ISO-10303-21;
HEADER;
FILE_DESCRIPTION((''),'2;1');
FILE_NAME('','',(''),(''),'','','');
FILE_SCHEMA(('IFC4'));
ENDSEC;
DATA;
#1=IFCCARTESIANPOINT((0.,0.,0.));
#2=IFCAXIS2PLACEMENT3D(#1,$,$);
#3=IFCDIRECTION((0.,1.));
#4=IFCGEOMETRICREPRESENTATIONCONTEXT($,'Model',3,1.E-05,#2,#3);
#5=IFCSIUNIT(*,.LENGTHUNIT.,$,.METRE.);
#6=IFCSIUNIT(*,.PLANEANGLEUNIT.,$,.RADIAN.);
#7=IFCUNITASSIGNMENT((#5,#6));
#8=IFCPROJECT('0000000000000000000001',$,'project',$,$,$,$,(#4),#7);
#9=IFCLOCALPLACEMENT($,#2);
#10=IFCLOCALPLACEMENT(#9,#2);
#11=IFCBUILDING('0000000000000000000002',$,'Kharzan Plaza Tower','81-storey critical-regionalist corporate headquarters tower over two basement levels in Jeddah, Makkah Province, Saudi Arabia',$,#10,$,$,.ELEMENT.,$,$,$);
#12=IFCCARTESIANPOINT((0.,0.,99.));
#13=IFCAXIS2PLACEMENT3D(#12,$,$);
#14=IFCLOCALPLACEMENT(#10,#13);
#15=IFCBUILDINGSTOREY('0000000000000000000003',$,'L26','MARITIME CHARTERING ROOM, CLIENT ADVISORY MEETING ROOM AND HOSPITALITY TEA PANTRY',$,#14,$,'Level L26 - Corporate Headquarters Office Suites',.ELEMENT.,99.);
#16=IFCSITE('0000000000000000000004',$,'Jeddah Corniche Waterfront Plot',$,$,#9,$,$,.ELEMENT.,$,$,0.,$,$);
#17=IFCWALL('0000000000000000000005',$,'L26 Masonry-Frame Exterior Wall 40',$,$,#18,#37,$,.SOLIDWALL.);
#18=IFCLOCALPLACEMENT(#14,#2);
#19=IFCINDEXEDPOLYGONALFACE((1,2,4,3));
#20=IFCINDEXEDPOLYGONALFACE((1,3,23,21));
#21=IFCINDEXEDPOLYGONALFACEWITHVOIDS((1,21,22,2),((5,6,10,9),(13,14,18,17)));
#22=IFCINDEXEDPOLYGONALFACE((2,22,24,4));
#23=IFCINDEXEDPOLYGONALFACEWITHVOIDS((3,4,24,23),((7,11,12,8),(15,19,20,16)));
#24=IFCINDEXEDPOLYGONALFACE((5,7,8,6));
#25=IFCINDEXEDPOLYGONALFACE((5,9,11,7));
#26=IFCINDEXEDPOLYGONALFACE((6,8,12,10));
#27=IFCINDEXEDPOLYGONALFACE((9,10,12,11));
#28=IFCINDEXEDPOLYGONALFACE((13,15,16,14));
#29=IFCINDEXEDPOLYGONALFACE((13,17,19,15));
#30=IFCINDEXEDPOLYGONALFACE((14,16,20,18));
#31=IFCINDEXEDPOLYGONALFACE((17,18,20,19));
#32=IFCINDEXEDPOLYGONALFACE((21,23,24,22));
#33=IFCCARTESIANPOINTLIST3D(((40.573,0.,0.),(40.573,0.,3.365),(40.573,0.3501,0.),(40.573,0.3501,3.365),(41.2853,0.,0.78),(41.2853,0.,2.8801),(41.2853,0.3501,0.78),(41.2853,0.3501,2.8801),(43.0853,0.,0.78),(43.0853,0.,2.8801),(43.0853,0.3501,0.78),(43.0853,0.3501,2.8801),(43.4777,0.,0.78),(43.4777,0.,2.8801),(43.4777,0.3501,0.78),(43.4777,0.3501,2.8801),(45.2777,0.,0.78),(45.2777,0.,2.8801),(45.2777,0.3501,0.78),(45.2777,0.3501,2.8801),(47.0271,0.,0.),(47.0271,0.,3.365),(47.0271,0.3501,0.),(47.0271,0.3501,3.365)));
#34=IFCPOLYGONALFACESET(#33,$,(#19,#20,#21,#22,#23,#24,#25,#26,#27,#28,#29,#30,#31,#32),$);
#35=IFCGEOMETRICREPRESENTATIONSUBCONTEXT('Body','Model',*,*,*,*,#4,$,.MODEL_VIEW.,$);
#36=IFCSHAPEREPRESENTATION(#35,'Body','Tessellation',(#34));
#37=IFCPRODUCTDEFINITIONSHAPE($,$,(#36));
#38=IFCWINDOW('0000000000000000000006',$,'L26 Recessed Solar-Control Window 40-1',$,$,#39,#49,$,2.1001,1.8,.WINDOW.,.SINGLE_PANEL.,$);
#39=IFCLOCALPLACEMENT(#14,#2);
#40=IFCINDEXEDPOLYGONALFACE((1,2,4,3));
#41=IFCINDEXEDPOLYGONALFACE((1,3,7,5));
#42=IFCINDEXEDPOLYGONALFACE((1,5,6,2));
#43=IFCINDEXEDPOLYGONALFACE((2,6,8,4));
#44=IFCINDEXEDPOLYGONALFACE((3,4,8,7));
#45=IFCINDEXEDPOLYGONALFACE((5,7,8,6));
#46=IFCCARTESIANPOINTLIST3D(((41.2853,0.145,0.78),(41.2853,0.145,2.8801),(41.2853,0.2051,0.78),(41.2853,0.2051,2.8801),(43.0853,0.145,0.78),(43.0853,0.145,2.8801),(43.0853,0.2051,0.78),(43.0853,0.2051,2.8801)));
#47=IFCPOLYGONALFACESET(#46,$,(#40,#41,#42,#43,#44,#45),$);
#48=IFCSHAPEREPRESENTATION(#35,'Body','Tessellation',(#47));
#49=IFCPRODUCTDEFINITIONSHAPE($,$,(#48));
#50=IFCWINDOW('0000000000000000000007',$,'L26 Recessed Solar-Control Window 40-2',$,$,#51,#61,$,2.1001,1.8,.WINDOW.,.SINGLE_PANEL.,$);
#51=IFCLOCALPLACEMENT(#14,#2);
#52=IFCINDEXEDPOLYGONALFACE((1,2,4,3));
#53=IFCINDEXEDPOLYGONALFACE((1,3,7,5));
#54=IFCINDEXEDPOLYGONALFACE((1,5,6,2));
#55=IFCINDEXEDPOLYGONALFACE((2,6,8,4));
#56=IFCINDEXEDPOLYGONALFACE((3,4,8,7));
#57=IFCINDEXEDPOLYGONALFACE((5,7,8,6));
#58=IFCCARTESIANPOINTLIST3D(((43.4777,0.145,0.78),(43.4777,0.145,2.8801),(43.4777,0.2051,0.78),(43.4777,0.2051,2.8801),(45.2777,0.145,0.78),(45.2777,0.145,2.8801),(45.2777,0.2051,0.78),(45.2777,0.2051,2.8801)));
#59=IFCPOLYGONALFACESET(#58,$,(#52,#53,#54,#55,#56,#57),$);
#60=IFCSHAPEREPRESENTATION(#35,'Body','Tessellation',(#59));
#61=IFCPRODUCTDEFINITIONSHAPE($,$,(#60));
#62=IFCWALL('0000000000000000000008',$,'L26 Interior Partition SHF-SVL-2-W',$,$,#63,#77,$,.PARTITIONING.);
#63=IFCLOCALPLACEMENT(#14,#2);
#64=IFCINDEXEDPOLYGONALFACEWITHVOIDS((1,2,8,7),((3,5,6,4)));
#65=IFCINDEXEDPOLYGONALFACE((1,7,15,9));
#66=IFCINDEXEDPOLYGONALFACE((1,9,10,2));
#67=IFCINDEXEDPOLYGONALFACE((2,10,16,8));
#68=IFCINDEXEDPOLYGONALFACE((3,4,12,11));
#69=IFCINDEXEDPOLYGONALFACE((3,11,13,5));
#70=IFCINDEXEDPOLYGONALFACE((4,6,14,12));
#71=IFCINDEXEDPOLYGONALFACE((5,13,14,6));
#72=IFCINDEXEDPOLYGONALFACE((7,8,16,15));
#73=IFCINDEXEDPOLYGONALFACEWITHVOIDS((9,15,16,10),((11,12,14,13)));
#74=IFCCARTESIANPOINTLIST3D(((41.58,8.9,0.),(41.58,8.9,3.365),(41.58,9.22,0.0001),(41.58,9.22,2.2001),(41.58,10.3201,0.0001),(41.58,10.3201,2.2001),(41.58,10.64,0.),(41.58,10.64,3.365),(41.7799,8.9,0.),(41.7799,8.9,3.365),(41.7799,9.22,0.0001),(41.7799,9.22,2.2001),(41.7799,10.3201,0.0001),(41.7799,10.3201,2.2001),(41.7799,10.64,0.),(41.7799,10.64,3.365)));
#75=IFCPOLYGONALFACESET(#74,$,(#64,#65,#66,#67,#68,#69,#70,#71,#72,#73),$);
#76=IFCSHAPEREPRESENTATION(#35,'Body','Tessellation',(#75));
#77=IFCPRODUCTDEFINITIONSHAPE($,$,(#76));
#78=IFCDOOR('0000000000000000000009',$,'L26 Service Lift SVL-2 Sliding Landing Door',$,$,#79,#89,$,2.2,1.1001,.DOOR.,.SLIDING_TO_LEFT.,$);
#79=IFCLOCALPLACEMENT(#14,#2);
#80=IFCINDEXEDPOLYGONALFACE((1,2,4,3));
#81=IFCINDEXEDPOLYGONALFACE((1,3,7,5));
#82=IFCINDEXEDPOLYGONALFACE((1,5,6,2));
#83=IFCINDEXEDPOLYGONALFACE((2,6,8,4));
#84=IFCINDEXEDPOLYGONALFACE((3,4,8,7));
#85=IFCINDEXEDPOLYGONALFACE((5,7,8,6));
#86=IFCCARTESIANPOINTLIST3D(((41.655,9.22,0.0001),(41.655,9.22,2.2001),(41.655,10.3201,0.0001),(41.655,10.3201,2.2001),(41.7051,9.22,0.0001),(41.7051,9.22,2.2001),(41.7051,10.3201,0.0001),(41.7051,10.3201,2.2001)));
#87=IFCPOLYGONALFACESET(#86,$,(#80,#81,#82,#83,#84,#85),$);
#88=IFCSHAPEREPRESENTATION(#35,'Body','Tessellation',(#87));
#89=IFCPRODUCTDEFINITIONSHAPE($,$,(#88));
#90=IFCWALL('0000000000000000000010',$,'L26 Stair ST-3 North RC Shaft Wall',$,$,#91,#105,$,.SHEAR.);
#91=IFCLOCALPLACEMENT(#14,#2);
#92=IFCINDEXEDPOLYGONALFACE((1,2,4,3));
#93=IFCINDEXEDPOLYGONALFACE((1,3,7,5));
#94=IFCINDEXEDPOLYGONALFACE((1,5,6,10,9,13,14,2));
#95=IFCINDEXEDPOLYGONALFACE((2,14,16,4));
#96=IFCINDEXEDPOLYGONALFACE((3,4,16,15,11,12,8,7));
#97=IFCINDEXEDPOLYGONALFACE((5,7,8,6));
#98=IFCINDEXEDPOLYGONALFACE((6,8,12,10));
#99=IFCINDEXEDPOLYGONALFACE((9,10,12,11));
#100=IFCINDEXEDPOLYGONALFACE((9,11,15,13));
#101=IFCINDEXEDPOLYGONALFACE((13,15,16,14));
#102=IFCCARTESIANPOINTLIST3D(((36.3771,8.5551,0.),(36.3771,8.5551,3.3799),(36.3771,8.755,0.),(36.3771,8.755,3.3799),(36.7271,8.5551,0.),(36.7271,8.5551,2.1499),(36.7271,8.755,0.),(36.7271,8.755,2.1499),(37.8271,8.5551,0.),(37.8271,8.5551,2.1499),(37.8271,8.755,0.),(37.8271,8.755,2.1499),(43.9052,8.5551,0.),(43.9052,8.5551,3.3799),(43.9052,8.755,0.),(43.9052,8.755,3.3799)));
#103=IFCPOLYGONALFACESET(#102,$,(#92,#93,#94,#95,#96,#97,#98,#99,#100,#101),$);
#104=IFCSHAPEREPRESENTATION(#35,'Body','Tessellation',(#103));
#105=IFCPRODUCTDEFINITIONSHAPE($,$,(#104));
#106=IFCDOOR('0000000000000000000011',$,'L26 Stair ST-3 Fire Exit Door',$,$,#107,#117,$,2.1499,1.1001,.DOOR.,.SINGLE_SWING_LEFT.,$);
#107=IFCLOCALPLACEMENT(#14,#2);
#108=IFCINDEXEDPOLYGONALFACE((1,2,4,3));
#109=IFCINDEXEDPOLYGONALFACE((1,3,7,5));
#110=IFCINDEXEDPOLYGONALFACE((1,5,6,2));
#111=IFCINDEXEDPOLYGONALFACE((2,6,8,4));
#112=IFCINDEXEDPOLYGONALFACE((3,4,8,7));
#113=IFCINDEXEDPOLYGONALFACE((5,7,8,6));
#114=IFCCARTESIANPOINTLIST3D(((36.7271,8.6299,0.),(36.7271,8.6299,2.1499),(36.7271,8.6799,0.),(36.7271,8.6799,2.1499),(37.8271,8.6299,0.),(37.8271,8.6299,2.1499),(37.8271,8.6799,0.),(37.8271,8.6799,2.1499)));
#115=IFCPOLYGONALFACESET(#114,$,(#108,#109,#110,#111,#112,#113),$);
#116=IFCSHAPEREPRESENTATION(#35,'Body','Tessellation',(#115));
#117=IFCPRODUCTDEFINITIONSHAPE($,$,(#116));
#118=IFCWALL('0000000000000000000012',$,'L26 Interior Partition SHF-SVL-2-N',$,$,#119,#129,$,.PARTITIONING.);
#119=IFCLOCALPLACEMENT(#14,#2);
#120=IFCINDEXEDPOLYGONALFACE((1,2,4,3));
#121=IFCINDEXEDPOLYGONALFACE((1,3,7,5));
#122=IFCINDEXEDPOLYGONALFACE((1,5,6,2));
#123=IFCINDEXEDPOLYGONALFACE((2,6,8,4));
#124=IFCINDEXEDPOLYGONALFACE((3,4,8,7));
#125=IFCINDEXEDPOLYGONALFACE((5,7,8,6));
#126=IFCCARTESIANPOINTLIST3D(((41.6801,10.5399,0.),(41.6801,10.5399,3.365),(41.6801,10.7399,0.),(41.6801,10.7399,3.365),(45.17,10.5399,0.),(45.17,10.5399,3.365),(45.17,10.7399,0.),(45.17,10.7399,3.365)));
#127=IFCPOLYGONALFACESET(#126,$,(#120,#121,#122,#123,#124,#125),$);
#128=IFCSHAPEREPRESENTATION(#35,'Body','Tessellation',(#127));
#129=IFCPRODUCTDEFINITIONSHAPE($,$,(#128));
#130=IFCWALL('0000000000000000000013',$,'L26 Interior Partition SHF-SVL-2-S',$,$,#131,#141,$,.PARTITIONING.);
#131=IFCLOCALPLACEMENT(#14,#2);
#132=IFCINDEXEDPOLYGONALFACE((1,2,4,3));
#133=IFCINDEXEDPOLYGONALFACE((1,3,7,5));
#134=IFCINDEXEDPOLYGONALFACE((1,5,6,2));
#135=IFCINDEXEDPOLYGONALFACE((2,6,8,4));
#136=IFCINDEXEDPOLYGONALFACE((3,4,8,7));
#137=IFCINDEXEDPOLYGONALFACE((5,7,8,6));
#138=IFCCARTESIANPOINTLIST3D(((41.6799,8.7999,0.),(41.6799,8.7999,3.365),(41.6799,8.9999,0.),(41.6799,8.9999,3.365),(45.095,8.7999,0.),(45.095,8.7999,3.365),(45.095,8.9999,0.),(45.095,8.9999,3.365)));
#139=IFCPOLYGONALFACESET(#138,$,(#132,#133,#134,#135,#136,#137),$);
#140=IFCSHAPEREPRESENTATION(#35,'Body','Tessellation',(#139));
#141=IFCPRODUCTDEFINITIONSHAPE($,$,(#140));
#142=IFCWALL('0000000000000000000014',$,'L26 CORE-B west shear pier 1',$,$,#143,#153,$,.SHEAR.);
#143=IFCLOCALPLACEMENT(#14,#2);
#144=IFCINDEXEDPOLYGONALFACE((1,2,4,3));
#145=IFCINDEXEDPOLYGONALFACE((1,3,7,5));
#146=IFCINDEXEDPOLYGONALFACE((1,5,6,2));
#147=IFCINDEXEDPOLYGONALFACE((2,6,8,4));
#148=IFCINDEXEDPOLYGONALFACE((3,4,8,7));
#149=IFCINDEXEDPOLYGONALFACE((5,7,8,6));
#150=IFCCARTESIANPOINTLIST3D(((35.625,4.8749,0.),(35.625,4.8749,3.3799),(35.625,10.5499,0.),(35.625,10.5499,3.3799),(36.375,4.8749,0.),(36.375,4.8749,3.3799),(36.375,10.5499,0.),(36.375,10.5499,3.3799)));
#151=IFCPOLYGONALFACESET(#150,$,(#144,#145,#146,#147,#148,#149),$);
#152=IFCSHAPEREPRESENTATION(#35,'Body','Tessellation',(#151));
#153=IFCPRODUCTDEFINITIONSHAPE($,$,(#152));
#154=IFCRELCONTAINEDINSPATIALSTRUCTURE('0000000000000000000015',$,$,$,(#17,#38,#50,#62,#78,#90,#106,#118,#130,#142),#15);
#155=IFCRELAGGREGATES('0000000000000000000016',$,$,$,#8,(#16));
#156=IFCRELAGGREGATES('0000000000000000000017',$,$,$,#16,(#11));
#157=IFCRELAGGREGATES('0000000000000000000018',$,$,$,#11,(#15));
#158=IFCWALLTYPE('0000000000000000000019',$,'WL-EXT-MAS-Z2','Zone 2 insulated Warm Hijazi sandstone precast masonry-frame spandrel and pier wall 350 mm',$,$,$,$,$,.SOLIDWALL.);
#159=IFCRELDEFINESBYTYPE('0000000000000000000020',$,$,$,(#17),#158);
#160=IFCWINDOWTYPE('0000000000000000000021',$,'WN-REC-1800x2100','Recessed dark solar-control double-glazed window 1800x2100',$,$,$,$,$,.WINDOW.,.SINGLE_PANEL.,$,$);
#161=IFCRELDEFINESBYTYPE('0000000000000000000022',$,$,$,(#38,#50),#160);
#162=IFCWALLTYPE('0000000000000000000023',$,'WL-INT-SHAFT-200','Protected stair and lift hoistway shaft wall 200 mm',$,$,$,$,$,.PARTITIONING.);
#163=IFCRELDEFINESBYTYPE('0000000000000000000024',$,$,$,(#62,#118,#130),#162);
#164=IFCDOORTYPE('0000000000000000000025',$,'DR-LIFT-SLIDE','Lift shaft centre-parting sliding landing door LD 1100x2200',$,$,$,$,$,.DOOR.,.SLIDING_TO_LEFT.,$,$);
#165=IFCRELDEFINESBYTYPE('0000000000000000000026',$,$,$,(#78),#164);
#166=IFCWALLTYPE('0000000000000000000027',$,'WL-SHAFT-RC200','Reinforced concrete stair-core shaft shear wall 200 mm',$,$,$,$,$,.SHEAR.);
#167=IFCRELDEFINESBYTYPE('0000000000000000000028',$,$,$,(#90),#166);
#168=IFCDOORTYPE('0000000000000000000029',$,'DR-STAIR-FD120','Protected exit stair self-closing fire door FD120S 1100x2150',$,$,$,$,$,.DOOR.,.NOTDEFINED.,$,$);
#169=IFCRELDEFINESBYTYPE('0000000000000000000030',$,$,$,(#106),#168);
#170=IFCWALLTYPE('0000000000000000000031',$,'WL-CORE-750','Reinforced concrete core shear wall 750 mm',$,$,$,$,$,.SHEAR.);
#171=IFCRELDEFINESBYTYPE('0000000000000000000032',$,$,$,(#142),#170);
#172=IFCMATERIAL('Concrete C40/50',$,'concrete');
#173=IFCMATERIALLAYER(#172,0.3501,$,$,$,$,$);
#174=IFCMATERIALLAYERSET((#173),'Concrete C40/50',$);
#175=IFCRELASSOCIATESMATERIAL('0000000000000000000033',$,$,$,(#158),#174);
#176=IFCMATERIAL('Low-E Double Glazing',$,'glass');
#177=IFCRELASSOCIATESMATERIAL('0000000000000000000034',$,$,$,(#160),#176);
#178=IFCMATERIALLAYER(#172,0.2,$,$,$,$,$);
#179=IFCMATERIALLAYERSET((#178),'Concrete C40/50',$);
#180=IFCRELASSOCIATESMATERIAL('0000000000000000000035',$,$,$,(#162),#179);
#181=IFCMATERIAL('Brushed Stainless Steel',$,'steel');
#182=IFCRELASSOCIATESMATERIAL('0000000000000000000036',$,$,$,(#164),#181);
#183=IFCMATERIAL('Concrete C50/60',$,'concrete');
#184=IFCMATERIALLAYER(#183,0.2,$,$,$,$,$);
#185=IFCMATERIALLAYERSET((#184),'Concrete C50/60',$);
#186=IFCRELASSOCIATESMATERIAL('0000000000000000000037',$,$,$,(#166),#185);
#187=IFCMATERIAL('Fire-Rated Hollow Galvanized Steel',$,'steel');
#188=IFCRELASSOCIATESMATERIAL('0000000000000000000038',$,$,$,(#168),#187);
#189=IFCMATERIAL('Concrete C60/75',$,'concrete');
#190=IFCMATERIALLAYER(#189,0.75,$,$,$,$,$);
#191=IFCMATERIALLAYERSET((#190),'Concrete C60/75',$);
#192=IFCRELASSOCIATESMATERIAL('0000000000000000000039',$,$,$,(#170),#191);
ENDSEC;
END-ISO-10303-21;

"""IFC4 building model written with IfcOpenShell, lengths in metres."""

from ifc_helpers import new_model, si_unit, direction, frame, frame_2d, origin, place, context, subcontext, project, spatial, rectangle, extrude, source, transform, mapped, material, layer, layer_set, type_object, element, fill, save


model = new_model("IFC4")

# Units and contexts
model_context = context("Model", 3, precision=1e-05, world=origin(), true_north=direction((0.0, 1.0)))
body_context = subcontext(model_context, "Body", "Model", "MODEL_VIEW")
ifc_project = project(units=[si_unit("LENGTHUNIT", "METRE"), si_unit("PLANEANGLEUNIT", "RADIAN")], contexts=[model_context])

# Site, building, storey
site_placement = place(None, origin())
site = spatial("IfcSite", under=ifc_project, at=site_placement, Name="Jeddah Corniche Waterfront Plot", CompositionType="ELEMENT", RefElevation=0.0)
building_placement = place(site_placement, origin())
building = spatial("IfcBuilding", under=site, at=building_placement, Name="Kharzan Plaza Tower", Description="81-storey critical-regionalist corporate headquarters tower over two basement levels in Jeddah, Makkah Province, Saudi Arabia", CompositionType="ELEMENT")
storey_placement = place(building_placement, frame((0.0, 0.0, 99.0)))
storey = spatial("IfcBuildingStorey", under=building, at=storey_placement, Name="L26", Description="MARITIME CHARTERING ROOM, CLIENT ADVISORY MEETING ROOM AND HOSPITALITY TEA PANTRY", LongName="Level L26 - Corporate Headquarters Office Suites", CompositionType="ELEMENT", Elevation=99.0)

# Shared definitions
ifc_material_1 = material(Name="Concrete C60/75", Category="concrete")

# Shared definitions
ifc_material_2 = material(Name="Concrete C40/50", Category="concrete")
ifc_layer_1 = layer(ifc_material_2, 0.3501)
ifc_layer_set_1 = layer_set([ifc_layer_1], Name="Concrete C40/50")
wall_type_1 = type_object("IfcWallType", Name="WL-EXT-MAS-Z2", Description="Zone 2 insulated Warm Hijazi sandstone precast masonry-frame spandrel and pier wall 350 mm", PredefinedType="SOLIDWALL", material=ifc_layer_set_1)
ifc_material_3 = material(Name="Low-E Double Glazing", Category="glass")

# Wall, openings, windows
wall_1_placement = place(storey_placement, frame((40.573, 0.175, 0.0), z_axis=(0.0, 0.0, 1.0), x_axis=(1.0, 0.0, 0.0)))
wall_1 = element("IfcWall", 1, at=wall_1_placement, inside=storey, type_object=wall_type_1, Name="L26 Masonry-Frame Exterior Wall 40", PredefinedType="SOLIDWALL", context=body_context, shape_type="SweptSolid", body=[
    extrude(rectangle(XDim=6.4541, YDim=0.3501, at=frame_2d((3.2271, 0.0))), origin(), (0.0, 0.0, 1.0), 3.365),
])
opening_1_placement = place(wall_1_placement, frame((0.7124, 0.0, 0.78)))
opening_1 = element("IfcOpeningElement", 2, at=opening_1_placement, cuts=wall_1, PredefinedType="OPENING", context=body_context, shape_type="SweptSolid", body=[
    extrude(rectangle(XDim=1.8, YDim=2.1001, at=frame_2d((0.8999, 1.05))), frame((0.0, 0.1851, 0.0), z_axis=(0.0, -1.0, 0.0), x_axis=(1.0, 0.0, 0.0)), (0.0, 0.0, 1.0), 0.3701),
])
opening_2_placement = place(wall_1_placement, frame((2.9048, 0.0, 0.78)))
opening_2 = element("IfcOpeningElement", 3, at=opening_2_placement, cuts=wall_1, PredefinedType="OPENING", context=body_context, shape_type="SweptSolid", body=[
    extrude(rectangle(XDim=1.8, YDim=2.1001, at=frame_2d((0.8999, 1.05))), frame((0.0, 0.1851, 0.0), z_axis=(0.0, -1.0, 0.0), x_axis=(1.0, 0.0, 0.0)), (0.0, 0.0, 1.0), 0.3701),
])
window_type_1 = type_object("IfcWindowType", Name="WN-REC-1800x2100", Description="Recessed dark solar-control double-glazed window 1800x2100", PartitioningType="SINGLE_PANEL", PredefinedType="WINDOW", material=ifc_material_3)
shared_shape_1 = source(origin(), body_context, "Body", "SweptSolid", [
    extrude(rectangle(XDim=1.8, YDim=2.1001, at=frame_2d((0.8999, 1.05))), frame((0.0, 0.03, 0.0), z_axis=(0.0, -1.0, 0.0), x_axis=(1.0, 0.0, 0.0)), (0.0, 0.0, 1.0), 0.0601),
])
window_1_placement = place(opening_1_placement, origin())
window_1 = element("IfcWindow", 4, at=window_1_placement, inside=storey, type_object=window_type_1, Name="L26 Recessed Solar-Control Window 40-1", OverallHeight=2.1001, OverallWidth=1.8, PartitioningType="SINGLE_PANEL", PredefinedType="WINDOW", context=body_context, shape_type="MappedRepresentation", body=[
    mapped(shared_shape_1, transform((0.0, 0.0, 0.0), x_axis=(1.0, 0.0, 0.0), y_axis=(0.0, 1.0, 0.0), z_axis=(0.0, 0.0, 1.0))),
])
fill(opening_1, window_1)
window_2_placement = place(opening_2_placement, origin())
window_2 = element("IfcWindow", 5, at=window_2_placement, inside=storey, type_object=window_type_1, Name="L26 Recessed Solar-Control Window 40-2", OverallHeight=2.1001, OverallWidth=1.8, PartitioningType="SINGLE_PANEL", PredefinedType="WINDOW", context=body_context, shape_type="MappedRepresentation", body=[
    mapped(shared_shape_1, transform((0.0, 0.0, 0.0), x_axis=(1.0, 0.0, 0.0), y_axis=(0.0, 1.0, 0.0), z_axis=(0.0, 0.0, 1.0))),
])
fill(opening_2, window_2)

# Walls, openings, doors
ifc_layer_2 = layer(ifc_material_2, 0.2)
ifc_layer_set_2 = layer_set([ifc_layer_2], Name="Concrete C40/50")
wall_type_2 = type_object("IfcWallType", Name="WL-INT-SHAFT-200", Description="Protected stair and lift hoistway shaft wall 200 mm", PredefinedType="PARTITIONING", material=ifc_layer_set_2)
wall_2_placement = place(storey_placement, frame((41.6799, 8.8999, 0.0), z_axis=(0.0, 0.0, 1.0), x_axis=(0.0, 1.0, 0.0)))
wall_2 = element("IfcWall", 6, at=wall_2_placement, inside=storey, type_object=wall_type_2, Name="L26 Interior Partition SHF-SVL-2-W", PredefinedType="PARTITIONING", context=body_context, shape_type="SweptSolid", body=[
    extrude(rectangle(XDim=1.74, YDim=0.2, at=frame_2d((0.8701, 0.0))), origin(), (0.0, 0.0, 1.0), 3.365),
])
opening_3_placement = place(wall_2_placement, frame((0.3201, 0.0, 0.0)))
opening_3 = element("IfcOpeningElement", 7, at=opening_3_placement, cuts=wall_2, PredefinedType="OPENING", context=body_context, shape_type="SweptSolid", body=[
    extrude(rectangle(XDim=1.1001, YDim=2.2, at=frame_2d((0.55, 1.1001))), frame((0.0, 0.1099, 0.0), z_axis=(0.0, -1.0, 0.0), x_axis=(1.0, 0.0, 0.0)), (0.0, 0.0, 1.0), 0.22),
])
ifc_material_4 = material(Name="Brushed Stainless Steel", Category="steel")
door_type_1 = type_object("IfcDoorType", Name="DR-LIFT-SLIDE", Description="Lift shaft centre-parting sliding landing door LD 1100x2200", OperationType="SLIDING_TO_LEFT", PredefinedType="DOOR", material=ifc_material_4)
shared_shape_2 = source(origin(), body_context, "Body", "SweptSolid", [
    extrude(rectangle(XDim=1.1001, YDim=2.2, at=frame_2d((0.55, 1.1001))), frame((0.0, 0.0249, 0.0), z_axis=(0.0, -1.0, 0.0), x_axis=(1.0, 0.0, 0.0)), (0.0, 0.0, 1.0), 0.05),
])
door_1_placement = place(opening_3_placement, origin())
door_1 = element("IfcDoor", 8, at=door_1_placement, inside=storey, type_object=door_type_1, Name="L26 Service Lift SVL-2 Sliding Landing Door", OperationType="SLIDING_TO_LEFT", OverallHeight=2.2, OverallWidth=1.1001, PredefinedType="DOOR", context=body_context, shape_type="MappedRepresentation", body=[
    mapped(shared_shape_2, transform((0.0, 0.0, 0.0), x_axis=(1.0, 0.0, 0.0), y_axis=(0.0, 1.0, 0.0), z_axis=(0.0, 0.0, 1.0))),
])
fill(opening_3, door_1)
ifc_material_5 = material(Name="Concrete C50/60", Category="concrete")
ifc_layer_3 = layer(ifc_material_5, 0.2)
ifc_layer_set_3 = layer_set([ifc_layer_3], Name="Concrete C50/60")
wall_type_3 = type_object("IfcWallType", Name="WL-SHAFT-RC200", Description="Reinforced concrete stair-core shaft shear wall 200 mm", PredefinedType="SHEAR", material=ifc_layer_set_3)
wall_3_placement = place(storey_placement, frame((36.377, 8.655, 0.0), z_axis=(0.0, 0.0, 1.0), x_axis=(1.0, 0.0, 0.0)))
wall_3 = element("IfcWall", 9, at=wall_3_placement, inside=storey, type_object=wall_type_3, Name="L26 Stair ST-3 North RC Shaft Wall", PredefinedType="SHEAR", context=body_context, shape_type="SweptSolid", body=[
    extrude(rectangle(XDim=7.5281, YDim=0.2, at=frame_2d((3.7642, 0.0))), origin(), (0.0, 0.0, 1.0), 3.3799),
])
opening_4_placement = place(wall_3_placement, frame((0.3501, 0.0, 0.0)))
opening_4 = element("IfcOpeningElement", 10, at=opening_4_placement, cuts=wall_3, PredefinedType="OPENING", context=body_context, shape_type="SweptSolid", body=[
    extrude(rectangle(XDim=1.1001, YDim=2.1499, at=frame_2d((0.55, 1.075))), frame((0.0, 0.1099, 0.0), z_axis=(0.0, -1.0, 0.0), x_axis=(1.0, 0.0, 0.0)), (0.0, 0.0, 1.0), 0.22),
])
ifc_material_6 = material(Name="Fire-Rated Hollow Galvanized Steel", Category="steel")
door_type_2 = type_object("IfcDoorType", Name="DR-STAIR-FD120", Description="Protected exit stair self-closing fire door FD120S 1100x2150", OperationType="NOTDEFINED", PredefinedType="DOOR", material=ifc_material_6)
shared_shape_3 = source(origin(), body_context, "Body", "SweptSolid", [
    extrude(rectangle(XDim=1.1001, YDim=2.1499, at=frame_2d((0.55, 1.075))), frame((0.0, 0.0249, 0.0), z_axis=(0.0, -1.0, 0.0), x_axis=(1.0, 0.0, 0.0)), (0.0, 0.0, 1.0), 0.05),
])
door_2_placement = place(opening_4_placement, origin())
door_2 = element("IfcDoor", 11, at=door_2_placement, inside=storey, type_object=door_type_2, Name="L26 Stair ST-3 Fire Exit Door", OperationType="SINGLE_SWING_LEFT", OverallHeight=2.1499, OverallWidth=1.1001, PredefinedType="DOOR", context=body_context, shape_type="MappedRepresentation", body=[
    mapped(shared_shape_3, transform((0.0, 0.0, 0.0), x_axis=(1.0, 0.0, 0.0), y_axis=(0.0, 1.0, 0.0), z_axis=(0.0, 0.0, 1.0))),
])
fill(opening_4, door_2)

# Walls
shared_shape_4 = source(origin(), body_context, "Body", "SweptSolid", [
    extrude(rectangle(XDim=3.49, YDim=0.2, at=frame_2d((1.7451, 0.0))), origin(), (0.0, 0.0, 1.0), 3.365),
])
wall_4_placement = place(storey_placement, frame((41.6799, 10.6399, 0.0), z_axis=(0.0, 0.0, 1.0), x_axis=(1.0, 0.0, 0.0)))
element("IfcWall", 12, at=wall_4_placement, inside=storey, type_object=wall_type_2, Name="L26 Interior Partition SHF-SVL-2-N", PredefinedType="PARTITIONING", context=body_context, shape_type="MappedRepresentation", body=[
    mapped(shared_shape_4, transform((0.0, 0.0, 0.0), x_axis=(1.0, 0.0, 0.0), y_axis=(0.0, 1.0, 0.0), z_axis=(0.0, 0.0, 1.0))),
])
shared_shape_5 = source(origin(), body_context, "Body", "SweptSolid", [
    extrude(rectangle(XDim=3.415, YDim=0.2, at=frame_2d((1.7075, 0.0))), origin(), (0.0, 0.0, 1.0), 3.365),
])
wall_5_placement = place(storey_placement, frame((41.6799, 8.8999, 0.0), z_axis=(0.0, 0.0, 1.0), x_axis=(1.0, 0.0, 0.0)))
element("IfcWall", 13, at=wall_5_placement, inside=storey, type_object=wall_type_2, Name="L26 Interior Partition SHF-SVL-2-S", PredefinedType="PARTITIONING", context=body_context, shape_type="MappedRepresentation", body=[
    mapped(shared_shape_5, transform((0.0, 0.0, 0.0), x_axis=(1.0, 0.0, 0.0), y_axis=(0.0, 1.0, 0.0), z_axis=(0.0, 0.0, 1.0))),
])
ifc_layer_4 = layer(ifc_material_1, 0.75)
ifc_layer_set_4 = layer_set([ifc_layer_4], Name="Concrete C60/75")
wall_type_4 = type_object("IfcWallType", Name="WL-CORE-750", Description="Reinforced concrete core shear wall 750 mm", PredefinedType="SHEAR", material=ifc_layer_set_4)
shared_shape_6 = source(origin(), body_context, "Body", "SweptSolid", [
    extrude(rectangle(XDim=5.675, YDim=0.75, at=frame_2d((2.8374, 0.0))), origin(), (0.0, 0.0, 1.0), 3.3799),
])
wall_6_placement = place(storey_placement, frame((36.0, 4.875, 0.0), z_axis=(0.0, 0.0, 1.0), x_axis=(0.0, 1.0, 0.0)))
element("IfcWall", 14, at=wall_6_placement, inside=storey, type_object=wall_type_4, Name="L26 CORE-B west shear pier 1", PredefinedType="SHEAR", context=body_context, shape_type="MappedRepresentation", body=[
    mapped(shared_shape_6, transform((0.0, 0.0, 0.0), x_axis=(1.0, 0.0, 0.0), y_axis=(0.0, 1.0, 0.0), z_axis=(0.0, 0.0, 1.0))),
])

save(model, "model.ifc")
